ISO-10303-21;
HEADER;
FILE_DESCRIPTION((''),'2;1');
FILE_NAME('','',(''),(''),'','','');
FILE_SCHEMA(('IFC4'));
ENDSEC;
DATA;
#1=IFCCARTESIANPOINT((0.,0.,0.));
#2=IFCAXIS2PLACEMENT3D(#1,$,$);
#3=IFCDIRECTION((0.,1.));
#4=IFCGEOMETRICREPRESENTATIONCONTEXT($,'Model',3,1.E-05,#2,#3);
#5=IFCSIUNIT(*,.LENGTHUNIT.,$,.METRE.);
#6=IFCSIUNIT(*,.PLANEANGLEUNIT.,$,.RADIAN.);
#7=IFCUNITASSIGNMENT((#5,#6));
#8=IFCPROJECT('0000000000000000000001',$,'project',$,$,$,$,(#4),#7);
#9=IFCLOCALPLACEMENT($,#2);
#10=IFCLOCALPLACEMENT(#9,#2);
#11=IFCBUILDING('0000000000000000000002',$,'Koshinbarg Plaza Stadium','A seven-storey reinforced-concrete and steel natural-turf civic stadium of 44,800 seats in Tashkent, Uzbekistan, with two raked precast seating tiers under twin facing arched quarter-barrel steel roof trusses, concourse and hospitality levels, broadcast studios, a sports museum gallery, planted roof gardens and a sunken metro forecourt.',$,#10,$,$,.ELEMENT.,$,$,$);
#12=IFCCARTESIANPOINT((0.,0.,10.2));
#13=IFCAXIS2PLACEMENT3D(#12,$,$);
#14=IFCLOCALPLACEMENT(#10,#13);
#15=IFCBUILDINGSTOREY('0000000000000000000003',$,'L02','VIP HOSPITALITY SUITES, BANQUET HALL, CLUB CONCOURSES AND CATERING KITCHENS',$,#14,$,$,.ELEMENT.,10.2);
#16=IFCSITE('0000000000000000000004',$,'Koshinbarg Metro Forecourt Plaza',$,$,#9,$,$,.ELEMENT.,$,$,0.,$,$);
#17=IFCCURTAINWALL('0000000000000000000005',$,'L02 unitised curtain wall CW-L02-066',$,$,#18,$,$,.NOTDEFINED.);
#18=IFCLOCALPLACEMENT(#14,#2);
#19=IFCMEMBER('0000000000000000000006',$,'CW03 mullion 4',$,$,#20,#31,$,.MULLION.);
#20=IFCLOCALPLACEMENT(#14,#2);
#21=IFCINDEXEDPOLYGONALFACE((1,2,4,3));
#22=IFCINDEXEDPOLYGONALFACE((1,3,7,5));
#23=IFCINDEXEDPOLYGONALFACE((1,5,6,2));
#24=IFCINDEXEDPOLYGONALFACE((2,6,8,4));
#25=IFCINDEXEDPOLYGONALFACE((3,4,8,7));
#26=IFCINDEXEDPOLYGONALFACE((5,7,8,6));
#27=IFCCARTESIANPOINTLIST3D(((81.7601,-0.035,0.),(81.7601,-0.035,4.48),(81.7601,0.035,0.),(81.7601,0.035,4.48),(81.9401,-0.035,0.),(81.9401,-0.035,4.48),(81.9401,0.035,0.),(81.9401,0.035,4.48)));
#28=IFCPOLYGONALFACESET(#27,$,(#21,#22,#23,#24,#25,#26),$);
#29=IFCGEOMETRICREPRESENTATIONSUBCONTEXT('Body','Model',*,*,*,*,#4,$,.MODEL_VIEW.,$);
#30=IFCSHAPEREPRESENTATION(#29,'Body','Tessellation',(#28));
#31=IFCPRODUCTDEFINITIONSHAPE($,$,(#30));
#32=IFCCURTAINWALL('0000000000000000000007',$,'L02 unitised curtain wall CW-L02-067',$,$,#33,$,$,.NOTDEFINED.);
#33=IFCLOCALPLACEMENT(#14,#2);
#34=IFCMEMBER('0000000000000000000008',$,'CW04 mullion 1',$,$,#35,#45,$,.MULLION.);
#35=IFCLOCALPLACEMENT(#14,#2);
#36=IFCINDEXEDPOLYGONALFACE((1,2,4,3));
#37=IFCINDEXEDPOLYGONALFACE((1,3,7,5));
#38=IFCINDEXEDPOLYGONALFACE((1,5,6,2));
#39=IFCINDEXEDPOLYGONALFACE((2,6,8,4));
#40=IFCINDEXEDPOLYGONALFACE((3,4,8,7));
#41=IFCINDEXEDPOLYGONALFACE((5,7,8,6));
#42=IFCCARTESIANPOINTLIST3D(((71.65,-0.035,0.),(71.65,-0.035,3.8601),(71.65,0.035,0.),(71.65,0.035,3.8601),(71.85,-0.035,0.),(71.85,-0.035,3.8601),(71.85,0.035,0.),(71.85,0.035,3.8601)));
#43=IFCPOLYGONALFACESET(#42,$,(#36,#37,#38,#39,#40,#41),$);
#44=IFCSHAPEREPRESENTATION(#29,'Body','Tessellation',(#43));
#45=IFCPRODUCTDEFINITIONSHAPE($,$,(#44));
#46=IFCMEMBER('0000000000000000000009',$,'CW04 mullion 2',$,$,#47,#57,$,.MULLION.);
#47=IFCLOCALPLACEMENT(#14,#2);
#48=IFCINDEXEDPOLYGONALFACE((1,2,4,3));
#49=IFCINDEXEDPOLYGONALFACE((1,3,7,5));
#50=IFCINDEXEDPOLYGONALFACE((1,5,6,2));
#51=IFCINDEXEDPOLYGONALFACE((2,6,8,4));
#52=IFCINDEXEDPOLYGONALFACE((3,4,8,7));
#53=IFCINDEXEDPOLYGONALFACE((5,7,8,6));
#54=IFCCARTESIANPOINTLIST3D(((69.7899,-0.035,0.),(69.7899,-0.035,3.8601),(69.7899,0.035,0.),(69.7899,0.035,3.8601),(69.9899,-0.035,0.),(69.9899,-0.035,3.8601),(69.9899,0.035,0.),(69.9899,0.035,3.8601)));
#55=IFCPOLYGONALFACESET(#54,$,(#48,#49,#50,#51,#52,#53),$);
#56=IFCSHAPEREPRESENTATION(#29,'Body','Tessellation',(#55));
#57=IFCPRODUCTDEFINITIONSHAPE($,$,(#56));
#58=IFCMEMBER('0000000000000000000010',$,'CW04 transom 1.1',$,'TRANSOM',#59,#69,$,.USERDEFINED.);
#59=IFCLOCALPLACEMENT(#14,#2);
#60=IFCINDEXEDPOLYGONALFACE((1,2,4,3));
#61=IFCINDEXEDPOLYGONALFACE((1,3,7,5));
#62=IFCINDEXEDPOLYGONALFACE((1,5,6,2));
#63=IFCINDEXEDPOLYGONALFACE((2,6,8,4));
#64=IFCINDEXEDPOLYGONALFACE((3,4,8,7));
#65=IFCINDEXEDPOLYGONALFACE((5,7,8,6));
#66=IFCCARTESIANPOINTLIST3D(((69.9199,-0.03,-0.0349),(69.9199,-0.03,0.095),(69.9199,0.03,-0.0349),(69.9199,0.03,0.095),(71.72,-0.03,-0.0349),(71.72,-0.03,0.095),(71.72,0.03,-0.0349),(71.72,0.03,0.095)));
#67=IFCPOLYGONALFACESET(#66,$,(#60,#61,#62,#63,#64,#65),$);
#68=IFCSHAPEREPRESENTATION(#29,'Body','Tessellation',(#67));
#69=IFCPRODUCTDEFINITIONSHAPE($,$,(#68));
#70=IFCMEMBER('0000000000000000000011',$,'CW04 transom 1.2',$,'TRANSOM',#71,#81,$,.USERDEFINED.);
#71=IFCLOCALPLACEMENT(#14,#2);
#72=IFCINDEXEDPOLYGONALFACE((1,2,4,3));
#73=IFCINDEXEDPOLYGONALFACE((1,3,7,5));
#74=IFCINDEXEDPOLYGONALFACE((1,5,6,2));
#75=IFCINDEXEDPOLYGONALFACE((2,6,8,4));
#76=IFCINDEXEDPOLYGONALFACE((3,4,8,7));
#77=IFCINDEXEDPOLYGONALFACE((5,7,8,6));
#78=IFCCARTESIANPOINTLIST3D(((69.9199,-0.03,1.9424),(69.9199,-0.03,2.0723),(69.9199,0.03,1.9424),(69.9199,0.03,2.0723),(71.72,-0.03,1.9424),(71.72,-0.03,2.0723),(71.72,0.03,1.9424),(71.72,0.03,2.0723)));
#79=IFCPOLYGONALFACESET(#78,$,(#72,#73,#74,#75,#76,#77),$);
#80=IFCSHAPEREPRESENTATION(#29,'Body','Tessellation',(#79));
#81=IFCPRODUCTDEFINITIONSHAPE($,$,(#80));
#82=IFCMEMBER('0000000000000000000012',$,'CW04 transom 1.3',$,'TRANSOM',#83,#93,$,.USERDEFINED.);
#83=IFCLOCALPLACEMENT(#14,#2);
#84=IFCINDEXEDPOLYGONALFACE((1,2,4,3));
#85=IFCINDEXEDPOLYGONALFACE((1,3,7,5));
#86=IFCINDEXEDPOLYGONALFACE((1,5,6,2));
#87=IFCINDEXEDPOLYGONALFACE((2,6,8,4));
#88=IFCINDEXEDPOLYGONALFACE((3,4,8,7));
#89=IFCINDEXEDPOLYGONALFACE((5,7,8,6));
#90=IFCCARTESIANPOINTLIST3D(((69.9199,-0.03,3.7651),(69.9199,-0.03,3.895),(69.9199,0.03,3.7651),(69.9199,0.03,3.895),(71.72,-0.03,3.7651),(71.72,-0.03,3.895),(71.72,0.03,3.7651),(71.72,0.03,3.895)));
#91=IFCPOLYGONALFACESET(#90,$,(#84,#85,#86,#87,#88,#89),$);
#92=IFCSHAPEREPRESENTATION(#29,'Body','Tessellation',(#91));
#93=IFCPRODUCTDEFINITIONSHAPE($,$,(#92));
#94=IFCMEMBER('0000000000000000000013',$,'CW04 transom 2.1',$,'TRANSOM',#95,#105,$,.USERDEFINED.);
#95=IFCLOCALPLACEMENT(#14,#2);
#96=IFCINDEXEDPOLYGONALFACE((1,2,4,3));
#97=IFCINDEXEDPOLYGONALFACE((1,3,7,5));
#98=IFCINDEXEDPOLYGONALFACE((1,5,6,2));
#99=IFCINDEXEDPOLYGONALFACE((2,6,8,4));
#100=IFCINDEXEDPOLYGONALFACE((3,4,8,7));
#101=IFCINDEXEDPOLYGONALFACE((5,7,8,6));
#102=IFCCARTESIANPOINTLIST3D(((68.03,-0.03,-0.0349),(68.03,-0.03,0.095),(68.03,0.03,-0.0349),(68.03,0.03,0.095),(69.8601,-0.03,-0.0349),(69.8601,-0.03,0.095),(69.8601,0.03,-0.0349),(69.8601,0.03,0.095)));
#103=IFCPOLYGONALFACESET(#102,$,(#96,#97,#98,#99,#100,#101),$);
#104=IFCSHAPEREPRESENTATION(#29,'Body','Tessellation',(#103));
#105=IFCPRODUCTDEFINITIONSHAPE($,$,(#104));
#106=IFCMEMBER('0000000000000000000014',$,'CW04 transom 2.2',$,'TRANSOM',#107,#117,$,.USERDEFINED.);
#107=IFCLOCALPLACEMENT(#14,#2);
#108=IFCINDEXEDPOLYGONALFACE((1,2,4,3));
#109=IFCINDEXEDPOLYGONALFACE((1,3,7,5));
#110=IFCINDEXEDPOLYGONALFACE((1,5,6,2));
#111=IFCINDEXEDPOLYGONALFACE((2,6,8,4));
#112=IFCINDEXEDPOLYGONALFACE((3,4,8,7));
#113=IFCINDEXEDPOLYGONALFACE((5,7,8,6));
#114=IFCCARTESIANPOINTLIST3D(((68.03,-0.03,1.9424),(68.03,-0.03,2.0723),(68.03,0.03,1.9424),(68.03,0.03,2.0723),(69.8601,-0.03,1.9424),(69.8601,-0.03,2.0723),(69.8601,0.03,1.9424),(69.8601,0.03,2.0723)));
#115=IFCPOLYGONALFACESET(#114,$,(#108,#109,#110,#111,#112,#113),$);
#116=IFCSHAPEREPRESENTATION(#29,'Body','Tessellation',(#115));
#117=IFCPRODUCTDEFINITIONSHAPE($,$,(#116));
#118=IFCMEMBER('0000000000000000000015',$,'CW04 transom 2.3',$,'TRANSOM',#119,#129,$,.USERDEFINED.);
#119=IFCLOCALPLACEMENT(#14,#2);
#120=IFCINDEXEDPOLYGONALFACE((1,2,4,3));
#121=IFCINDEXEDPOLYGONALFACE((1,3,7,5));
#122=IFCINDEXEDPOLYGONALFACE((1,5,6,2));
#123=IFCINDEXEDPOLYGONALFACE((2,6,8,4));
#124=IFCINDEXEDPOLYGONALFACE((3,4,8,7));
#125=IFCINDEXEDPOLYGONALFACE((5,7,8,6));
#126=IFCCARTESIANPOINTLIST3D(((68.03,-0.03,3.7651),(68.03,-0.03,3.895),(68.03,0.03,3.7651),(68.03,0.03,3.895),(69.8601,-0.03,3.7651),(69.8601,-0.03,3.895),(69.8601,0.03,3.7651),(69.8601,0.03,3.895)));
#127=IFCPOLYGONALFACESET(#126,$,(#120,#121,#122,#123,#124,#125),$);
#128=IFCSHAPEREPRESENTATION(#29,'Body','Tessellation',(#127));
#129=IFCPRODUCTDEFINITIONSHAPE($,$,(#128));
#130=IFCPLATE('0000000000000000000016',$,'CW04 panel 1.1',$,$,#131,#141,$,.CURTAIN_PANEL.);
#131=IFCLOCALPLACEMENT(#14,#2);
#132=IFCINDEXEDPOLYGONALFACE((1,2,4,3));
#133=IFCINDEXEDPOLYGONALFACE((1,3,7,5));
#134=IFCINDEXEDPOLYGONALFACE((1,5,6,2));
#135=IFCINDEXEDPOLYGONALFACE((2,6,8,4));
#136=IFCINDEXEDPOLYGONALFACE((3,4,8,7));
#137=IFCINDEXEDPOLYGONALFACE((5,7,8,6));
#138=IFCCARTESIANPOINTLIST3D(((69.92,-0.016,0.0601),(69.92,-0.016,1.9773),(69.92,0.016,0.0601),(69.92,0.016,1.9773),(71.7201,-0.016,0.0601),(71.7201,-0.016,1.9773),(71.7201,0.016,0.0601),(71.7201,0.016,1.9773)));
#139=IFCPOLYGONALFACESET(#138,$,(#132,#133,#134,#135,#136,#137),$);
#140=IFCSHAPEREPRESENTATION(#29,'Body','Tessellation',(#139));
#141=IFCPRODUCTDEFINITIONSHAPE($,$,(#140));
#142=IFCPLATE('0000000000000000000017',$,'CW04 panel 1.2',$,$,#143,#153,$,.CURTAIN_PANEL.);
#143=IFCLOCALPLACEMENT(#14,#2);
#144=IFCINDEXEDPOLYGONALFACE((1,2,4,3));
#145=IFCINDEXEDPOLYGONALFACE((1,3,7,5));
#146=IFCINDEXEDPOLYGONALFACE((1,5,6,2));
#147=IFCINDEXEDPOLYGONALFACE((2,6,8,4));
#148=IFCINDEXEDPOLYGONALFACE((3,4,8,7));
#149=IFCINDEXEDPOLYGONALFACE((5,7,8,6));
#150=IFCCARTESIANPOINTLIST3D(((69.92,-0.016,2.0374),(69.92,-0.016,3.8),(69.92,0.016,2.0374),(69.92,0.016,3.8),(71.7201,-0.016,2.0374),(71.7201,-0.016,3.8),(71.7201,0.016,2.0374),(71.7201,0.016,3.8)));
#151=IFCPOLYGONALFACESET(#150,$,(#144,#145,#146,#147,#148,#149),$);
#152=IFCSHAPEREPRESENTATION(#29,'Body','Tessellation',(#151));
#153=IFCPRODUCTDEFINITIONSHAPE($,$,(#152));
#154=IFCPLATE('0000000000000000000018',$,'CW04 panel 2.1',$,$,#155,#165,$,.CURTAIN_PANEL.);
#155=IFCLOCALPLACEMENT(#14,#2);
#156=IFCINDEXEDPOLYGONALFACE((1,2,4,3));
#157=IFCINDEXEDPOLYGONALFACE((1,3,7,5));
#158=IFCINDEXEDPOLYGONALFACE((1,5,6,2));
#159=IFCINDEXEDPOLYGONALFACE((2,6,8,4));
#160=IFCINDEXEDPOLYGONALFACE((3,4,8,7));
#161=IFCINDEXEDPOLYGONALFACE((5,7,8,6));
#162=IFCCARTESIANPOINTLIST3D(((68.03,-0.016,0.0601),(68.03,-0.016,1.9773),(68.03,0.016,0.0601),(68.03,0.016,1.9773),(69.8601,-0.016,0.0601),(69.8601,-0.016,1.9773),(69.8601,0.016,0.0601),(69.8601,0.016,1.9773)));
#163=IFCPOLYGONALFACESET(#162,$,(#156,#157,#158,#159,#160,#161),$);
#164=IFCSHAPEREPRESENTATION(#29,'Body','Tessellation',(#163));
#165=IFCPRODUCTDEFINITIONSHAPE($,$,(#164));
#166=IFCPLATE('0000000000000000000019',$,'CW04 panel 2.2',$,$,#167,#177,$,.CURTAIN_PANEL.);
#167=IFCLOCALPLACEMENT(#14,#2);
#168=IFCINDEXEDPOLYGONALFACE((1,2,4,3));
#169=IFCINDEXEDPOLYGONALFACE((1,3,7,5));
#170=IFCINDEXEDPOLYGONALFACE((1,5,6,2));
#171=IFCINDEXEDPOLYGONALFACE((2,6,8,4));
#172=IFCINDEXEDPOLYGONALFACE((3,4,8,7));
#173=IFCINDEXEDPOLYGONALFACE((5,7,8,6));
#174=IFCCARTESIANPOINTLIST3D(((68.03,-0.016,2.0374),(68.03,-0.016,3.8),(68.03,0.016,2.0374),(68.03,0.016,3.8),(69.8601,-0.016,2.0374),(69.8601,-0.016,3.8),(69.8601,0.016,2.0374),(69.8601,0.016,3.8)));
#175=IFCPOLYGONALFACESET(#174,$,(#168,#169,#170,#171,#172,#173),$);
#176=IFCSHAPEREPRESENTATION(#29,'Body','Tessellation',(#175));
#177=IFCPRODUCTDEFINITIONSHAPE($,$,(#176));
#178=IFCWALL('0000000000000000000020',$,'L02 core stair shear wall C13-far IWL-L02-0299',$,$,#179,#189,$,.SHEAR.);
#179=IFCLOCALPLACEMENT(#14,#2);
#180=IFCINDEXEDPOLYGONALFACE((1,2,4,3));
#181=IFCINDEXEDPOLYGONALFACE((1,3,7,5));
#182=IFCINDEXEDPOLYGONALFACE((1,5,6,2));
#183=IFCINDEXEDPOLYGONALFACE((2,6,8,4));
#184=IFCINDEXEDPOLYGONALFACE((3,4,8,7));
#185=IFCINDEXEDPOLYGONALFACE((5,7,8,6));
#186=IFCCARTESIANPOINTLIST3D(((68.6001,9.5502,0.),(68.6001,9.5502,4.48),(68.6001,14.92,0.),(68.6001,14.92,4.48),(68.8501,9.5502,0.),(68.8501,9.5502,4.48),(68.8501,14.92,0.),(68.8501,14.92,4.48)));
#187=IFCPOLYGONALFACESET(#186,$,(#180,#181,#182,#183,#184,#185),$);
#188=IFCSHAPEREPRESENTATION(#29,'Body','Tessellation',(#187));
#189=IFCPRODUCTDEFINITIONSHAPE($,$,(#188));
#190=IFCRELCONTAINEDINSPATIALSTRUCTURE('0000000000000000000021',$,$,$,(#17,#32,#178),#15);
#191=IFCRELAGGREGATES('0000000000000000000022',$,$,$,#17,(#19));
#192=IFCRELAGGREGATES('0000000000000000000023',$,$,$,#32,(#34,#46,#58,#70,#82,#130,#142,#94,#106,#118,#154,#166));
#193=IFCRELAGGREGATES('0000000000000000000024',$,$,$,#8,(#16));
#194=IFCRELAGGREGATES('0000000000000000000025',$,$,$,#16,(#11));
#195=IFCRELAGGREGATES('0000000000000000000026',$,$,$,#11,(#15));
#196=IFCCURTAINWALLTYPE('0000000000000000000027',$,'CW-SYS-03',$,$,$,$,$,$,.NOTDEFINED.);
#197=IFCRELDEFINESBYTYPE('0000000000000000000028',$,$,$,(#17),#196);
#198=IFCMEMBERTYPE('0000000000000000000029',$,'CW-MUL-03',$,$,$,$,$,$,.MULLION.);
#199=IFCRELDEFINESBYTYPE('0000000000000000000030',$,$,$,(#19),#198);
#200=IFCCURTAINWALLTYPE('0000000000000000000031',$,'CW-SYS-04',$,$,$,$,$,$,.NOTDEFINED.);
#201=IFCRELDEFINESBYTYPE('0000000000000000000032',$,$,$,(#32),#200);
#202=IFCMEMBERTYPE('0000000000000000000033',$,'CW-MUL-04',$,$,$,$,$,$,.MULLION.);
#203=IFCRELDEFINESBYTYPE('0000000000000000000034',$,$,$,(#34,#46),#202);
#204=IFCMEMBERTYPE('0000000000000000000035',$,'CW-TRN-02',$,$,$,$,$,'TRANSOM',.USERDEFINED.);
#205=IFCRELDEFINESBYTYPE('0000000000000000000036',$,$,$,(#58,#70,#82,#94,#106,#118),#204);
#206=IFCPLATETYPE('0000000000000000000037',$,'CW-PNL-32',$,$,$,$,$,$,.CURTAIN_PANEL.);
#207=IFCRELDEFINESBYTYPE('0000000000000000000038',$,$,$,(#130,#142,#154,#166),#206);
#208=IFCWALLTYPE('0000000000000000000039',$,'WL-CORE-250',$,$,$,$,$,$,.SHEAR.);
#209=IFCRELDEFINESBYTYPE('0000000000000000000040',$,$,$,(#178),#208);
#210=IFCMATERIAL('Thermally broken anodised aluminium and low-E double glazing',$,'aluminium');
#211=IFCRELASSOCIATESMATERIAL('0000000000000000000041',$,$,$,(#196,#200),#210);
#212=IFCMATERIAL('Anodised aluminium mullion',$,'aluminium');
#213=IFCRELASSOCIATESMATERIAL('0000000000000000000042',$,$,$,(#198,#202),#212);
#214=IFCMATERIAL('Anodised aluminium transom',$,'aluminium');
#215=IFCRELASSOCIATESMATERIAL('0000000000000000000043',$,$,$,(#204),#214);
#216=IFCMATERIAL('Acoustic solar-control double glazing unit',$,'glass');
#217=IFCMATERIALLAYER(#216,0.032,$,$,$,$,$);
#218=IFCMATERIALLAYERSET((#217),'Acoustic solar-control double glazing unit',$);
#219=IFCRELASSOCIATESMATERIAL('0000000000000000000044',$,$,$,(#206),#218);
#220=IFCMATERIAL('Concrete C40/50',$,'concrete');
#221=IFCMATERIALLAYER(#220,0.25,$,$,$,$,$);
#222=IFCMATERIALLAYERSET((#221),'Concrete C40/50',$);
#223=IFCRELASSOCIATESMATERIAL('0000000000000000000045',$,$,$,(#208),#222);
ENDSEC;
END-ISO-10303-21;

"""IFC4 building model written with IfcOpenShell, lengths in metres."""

from ifc_helpers import new_model, si_unit, direction, frame, frame_2d, origin, origin_2d, place, context, subcontext, project, spatial, rectangle, extrude, material, layer, layer_set, material_profile, profile_set, type_object, element, aggregate, save


model = new_model("IFC4")

# Units and contexts
model_context = context("Model", 3, precision=1e-05, world=origin(), true_north=direction((0.0, 1.0)))
body_context = subcontext(model_context, "Body", "Model", "MODEL_VIEW")
ifc_project = project(units=[si_unit("LENGTHUNIT", "METRE"), si_unit("PLANEANGLEUNIT", "RADIAN")], contexts=[model_context])

# Site, building, storey
site_placement = place(None, origin())
site = spatial("IfcSite", under=ifc_project, at=site_placement, Name="Koshinbarg Metro Forecourt Plaza", CompositionType="ELEMENT", RefElevation=0.0)
building_placement = place(site_placement, origin())
building = spatial("IfcBuilding", under=site, at=building_placement, Name="Koshinbarg Plaza Stadium", Description="A seven-storey reinforced-concrete and steel natural-turf civic stadium of 44,800 seats in Tashkent, Uzbekistan, with two raked precast seating tiers under twin facing arched quarter-barrel steel roof trusses, concourse and hospitality levels, broadcast studios, a sports museum gallery, planted roof gardens and a sunken metro forecourt.", CompositionType="ELEMENT")
storey_placement = place(building_placement, frame((0.0, 0.0, 10.2)))
storey = spatial("IfcBuildingStorey", under=building, at=storey_placement, Name="L02", Description="VIP HOSPITALITY SUITES, BANQUET HALL, CLUB CONCOURSES AND CATERING KITCHENS", CompositionType="ELEMENT", Elevation=10.2)

# Shared definitions
ifc_material_1 = material(Name="Concrete C40/50", Category="concrete")

# Curtain wall, member
ifc_material_2 = material(Name="Thermally broken anodised aluminium and low-E double glazing", Category="aluminium")
curtain_wall_type_1 = type_object("IfcCurtainWallType", Name="CW-SYS-03", PredefinedType="NOTDEFINED", material=ifc_material_2)
curtain_wall_1_placement = place(storey_placement, origin())
curtain_wall_1 = element("IfcCurtainWall", 1, at=curtain_wall_1_placement, inside=storey, type_object=curtain_wall_type_1, Name="L02 unitised curtain wall CW-L02-066", PredefinedType="NOTDEFINED")
ifc_material_3 = material(Name="Anodised aluminium mullion", Category="aluminium")
ifc_material_profile_1 = material_profile(ifc_material_3, rectangle(XDim=0.0701, YDim=0.1799, at=origin_2d()), Name="ALU 70x180")
ifc_profile_set_1 = profile_set([ifc_material_profile_1], Name="Anodised aluminium mullion")
member_type_1 = type_object("IfcMemberType", Name="CW-MUL-03", PredefinedType="MULLION", material=ifc_profile_set_1)
member_1_placement = place(storey_placement, frame((81.8501, 0.0, 0.0), z_axis=(0.0, 0.0, 1.0), x_axis=(0.0, -1.0, 0.0)))
member_1 = element("IfcMember", 2, at=member_1_placement, type_object=member_type_1, Name="CW03 mullion 4", PredefinedType="MULLION", context=body_context, shape_type="SweptSolid", body=[
    extrude(rectangle(XDim=0.0701, YDim=0.1799, at=origin_2d()), origin(), (0.0, 0.0, 1.0), 4.48),
])
aggregate(curtain_wall_1, [member_1])

# Curtain wall, members, plates
curtain_wall_type_2 = type_object("IfcCurtainWallType", Name="CW-SYS-04", PredefinedType="NOTDEFINED", material=ifc_material_2)
curtain_wall_2_placement = place(storey_placement, origin())
curtain_wall_2 = element("IfcCurtainWall", 3, at=curtain_wall_2_placement, inside=storey, type_object=curtain_wall_type_2, Name="L02 unitised curtain wall CW-L02-067", PredefinedType="NOTDEFINED")
ifc_material_profile_2 = material_profile(ifc_material_3, rectangle(XDim=0.0701, YDim=0.2, at=origin_2d()), Name="ALU 70x200")
ifc_profile_set_2 = profile_set([ifc_material_profile_2], Name="Anodised aluminium mullion")
member_type_2 = type_object("IfcMemberType", Name="CW-MUL-04", PredefinedType="MULLION", material=ifc_profile_set_2)
member_2_placement = place(storey_placement, frame((71.75, 0.0, 0.0), z_axis=(0.0, 0.0, 1.0), x_axis=(0.0, -1.0, 0.0)))
member_2 = element("IfcMember", 4, at=member_2_placement, type_object=member_type_2, Name="CW04 mullion 1", PredefinedType="MULLION", context=body_context, shape_type="SweptSolid", body=[
    extrude(rectangle(XDim=0.0701, YDim=0.2, at=origin_2d()), origin(), (0.0, 0.0, 1.0), 3.8601),
])
member_3_placement = place(storey_placement, frame((69.8899, 0.0, 0.0), z_axis=(0.0, 0.0, 1.0), x_axis=(0.0, -1.0, 0.0)))
member_3 = element("IfcMember", 5, at=member_3_placement, type_object=member_type_2, Name="CW04 mullion 2", PredefinedType="MULLION", context=body_context, shape_type="SweptSolid", body=[
    extrude(rectangle(XDim=0.0701, YDim=0.2, at=origin_2d()), origin(), (0.0, 0.0, 1.0), 3.8601),
])
ifc_material_4 = material(Name="Anodised aluminium transom", Category="aluminium")
ifc_material_profile_3 = material_profile(ifc_material_4, rectangle(XDim=0.0601, YDim=0.1299, at=origin_2d()), Name="ALU 60x130")
ifc_profile_set_3 = profile_set([ifc_material_profile_3], Name="Anodised aluminium transom")
member_type_3 = type_object("IfcMemberType", Name="CW-TRN-02", ElementType="TRANSOM", PredefinedType="USERDEFINED", material=ifc_profile_set_3)
member_4_placement = place(storey_placement, frame((71.72, 0.0, 0.03), z_axis=(-1.0, 0.0, 0.0), x_axis=(0.0, -1.0, 0.0)))
member_4 = element("IfcMember", 6, at=member_4_placement, type_object=member_type_3, Name="CW04 transom 1.1", ObjectType="TRANSOM", PredefinedType="USERDEFINED", context=body_context, shape_type="SweptSolid", body=[
    extrude(rectangle(XDim=0.0601, YDim=0.1299, at=origin_2d()), origin(), (0.0, 0.0, 1.0), 1.8),
])
member_5_placement = place(storey_placement, frame((71.72, 0.0, 2.0073), z_axis=(-1.0, 0.0, 0.0), x_axis=(0.0, -1.0, 0.0)))
member_5 = element("IfcMember", 7, at=member_5_placement, type_object=member_type_3, Name="CW04 transom 1.2", ObjectType="TRANSOM", PredefinedType="USERDEFINED", context=body_context, shape_type="SweptSolid", body=[
    extrude(rectangle(XDim=0.0601, YDim=0.1299, at=origin_2d()), origin(), (0.0, 0.0, 1.0), 1.8),
])
member_6_placement = place(storey_placement, frame((71.72, 0.0, 3.8301), z_axis=(-1.0, 0.0, 0.0), x_axis=(0.0, -1.0, 0.0)))
member_6 = element("IfcMember", 8, at=member_6_placement, type_object=member_type_3, Name="CW04 transom 1.3", ObjectType="TRANSOM", PredefinedType="USERDEFINED", context=body_context, shape_type="SweptSolid", body=[
    extrude(rectangle(XDim=0.0601, YDim=0.1299, at=origin_2d()), origin(), (0.0, 0.0, 1.0), 1.8),
])
member_7_placement = place(storey_placement, frame((69.8601, 0.0, 0.03), z_axis=(-1.0, 0.0, 0.0), x_axis=(0.0, -1.0, 0.0)))
member_7 = element("IfcMember", 9, at=member_7_placement, type_object=member_type_3, Name="CW04 transom 2.1", ObjectType="TRANSOM", PredefinedType="USERDEFINED", context=body_context, shape_type="SweptSolid", body=[
    extrude(rectangle(XDim=0.0601, YDim=0.1299, at=origin_2d()), origin(), (0.0, 0.0, 1.0), 1.8301),
])
member_8_placement = place(storey_placement, frame((69.8601, 0.0, 2.0073), z_axis=(-1.0, 0.0, 0.0), x_axis=(0.0, -1.0, 0.0)))
member_8 = element("IfcMember", 10, at=member_8_placement, type_object=member_type_3, Name="CW04 transom 2.2", ObjectType="TRANSOM", PredefinedType="USERDEFINED", context=body_context, shape_type="SweptSolid", body=[
    extrude(rectangle(XDim=0.0601, YDim=0.1299, at=origin_2d()), origin(), (0.0, 0.0, 1.0), 1.8301),
])
member_9_placement = place(storey_placement, frame((69.8601, 0.0, 3.8301), z_axis=(-1.0, 0.0, 0.0), x_axis=(0.0, -1.0, 0.0)))
member_9 = element("IfcMember", 11, at=member_9_placement, type_object=member_type_3, Name="CW04 transom 2.3", ObjectType="TRANSOM", PredefinedType="USERDEFINED", context=body_context, shape_type="SweptSolid", body=[
    extrude(rectangle(XDim=0.0601, YDim=0.1299, at=origin_2d()), origin(), (0.0, 0.0, 1.0), 1.8301),
])
ifc_material_5 = material(Name="Acoustic solar-control double glazing unit", Category="glass")
ifc_layer_1 = layer(ifc_material_5, 0.032)
ifc_layer_set_1 = layer_set([ifc_layer_1], Name="Acoustic solar-control double glazing unit")
plate_type = type_object("IfcPlateType", Name="CW-PNL-32", PredefinedType="CURTAIN_PANEL", material=ifc_layer_set_1)
plate_1_placement = place(storey_placement, frame((70.8201, 0.0, 0.0601), z_axis=(0.0, 0.0, 1.0), x_axis=(-1.0, 0.0, 0.0)))
plate_1 = element("IfcPlate", 12, at=plate_1_placement, type_object=plate_type, Name="CW04 panel 1.1", PredefinedType="CURTAIN_PANEL", context=body_context, shape_type="SweptSolid", body=[
    extrude(rectangle(XDim=1.8, YDim=0.032, at=origin_2d()), origin(), (0.0, 0.0, 1.0), 1.9172),
])
plate_2_placement = place(storey_placement, frame((70.8201, 0.0, 2.0374), z_axis=(0.0, 0.0, 1.0), x_axis=(-1.0, 0.0, 0.0)))
plate_2 = element("IfcPlate", 13, at=plate_2_placement, type_object=plate_type, Name="CW04 panel 1.2", PredefinedType="CURTAIN_PANEL", context=body_context, shape_type="SweptSolid", body=[
    extrude(rectangle(XDim=1.8, YDim=0.032, at=origin_2d()), origin(), (0.0, 0.0, 1.0), 1.7627),
])
plate_3_placement = place(storey_placement, frame((68.9451, 0.0, 0.0601), z_axis=(0.0, 0.0, 1.0), x_axis=(-1.0, 0.0, 0.0)))
plate_3 = element("IfcPlate", 14, at=plate_3_placement, type_object=plate_type, Name="CW04 panel 2.1", PredefinedType="CURTAIN_PANEL", context=body_context, shape_type="SweptSolid", body=[
    extrude(rectangle(XDim=1.8301, YDim=0.032, at=origin_2d()), origin(), (0.0, 0.0, 1.0), 1.9172),
])
plate_4_placement = place(storey_placement, frame((68.9451, 0.0, 2.0374), z_axis=(0.0, 0.0, 1.0), x_axis=(-1.0, 0.0, 0.0)))
plate_4 = element("IfcPlate", 15, at=plate_4_placement, type_object=plate_type, Name="CW04 panel 2.2", PredefinedType="CURTAIN_PANEL", context=body_context, shape_type="SweptSolid", body=[
    extrude(rectangle(XDim=1.8301, YDim=0.032, at=origin_2d()), origin(), (0.0, 0.0, 1.0), 1.7627),
])
aggregate(curtain_wall_2, [member_2, member_3, member_4, member_5, member_6, plate_1, plate_2, member_7, member_8, member_9, plate_3, plate_4])

# Wall
ifc_layer_2 = layer(ifc_material_1, 0.25)
ifc_layer_set_2 = layer_set([ifc_layer_2], Name="Concrete C40/50")
wall_type_1 = type_object("IfcWallType", Name="WL-CORE-250", PredefinedType="SHEAR", material=ifc_layer_set_2)
wall_1_placement = place(storey_placement, frame((68.7251, 9.55, 0.0), z_axis=(0.0, 0.0, 1.0), x_axis=(0.0, 1.0, 0.0)))
element("IfcWall", 16, at=wall_1_placement, inside=storey, type_object=wall_type_1, Name="L02 core stair shear wall C13-far IWL-L02-0299", PredefinedType="SHEAR", context=body_context, shape_type="SweptSolid", body=[
    extrude(rectangle(XDim=5.3699, YDim=0.25, at=frame_2d((2.6851, 0.0))), origin(), (0.0, 0.0, 1.0), 4.48),
])

save(model, "model.ifc")
